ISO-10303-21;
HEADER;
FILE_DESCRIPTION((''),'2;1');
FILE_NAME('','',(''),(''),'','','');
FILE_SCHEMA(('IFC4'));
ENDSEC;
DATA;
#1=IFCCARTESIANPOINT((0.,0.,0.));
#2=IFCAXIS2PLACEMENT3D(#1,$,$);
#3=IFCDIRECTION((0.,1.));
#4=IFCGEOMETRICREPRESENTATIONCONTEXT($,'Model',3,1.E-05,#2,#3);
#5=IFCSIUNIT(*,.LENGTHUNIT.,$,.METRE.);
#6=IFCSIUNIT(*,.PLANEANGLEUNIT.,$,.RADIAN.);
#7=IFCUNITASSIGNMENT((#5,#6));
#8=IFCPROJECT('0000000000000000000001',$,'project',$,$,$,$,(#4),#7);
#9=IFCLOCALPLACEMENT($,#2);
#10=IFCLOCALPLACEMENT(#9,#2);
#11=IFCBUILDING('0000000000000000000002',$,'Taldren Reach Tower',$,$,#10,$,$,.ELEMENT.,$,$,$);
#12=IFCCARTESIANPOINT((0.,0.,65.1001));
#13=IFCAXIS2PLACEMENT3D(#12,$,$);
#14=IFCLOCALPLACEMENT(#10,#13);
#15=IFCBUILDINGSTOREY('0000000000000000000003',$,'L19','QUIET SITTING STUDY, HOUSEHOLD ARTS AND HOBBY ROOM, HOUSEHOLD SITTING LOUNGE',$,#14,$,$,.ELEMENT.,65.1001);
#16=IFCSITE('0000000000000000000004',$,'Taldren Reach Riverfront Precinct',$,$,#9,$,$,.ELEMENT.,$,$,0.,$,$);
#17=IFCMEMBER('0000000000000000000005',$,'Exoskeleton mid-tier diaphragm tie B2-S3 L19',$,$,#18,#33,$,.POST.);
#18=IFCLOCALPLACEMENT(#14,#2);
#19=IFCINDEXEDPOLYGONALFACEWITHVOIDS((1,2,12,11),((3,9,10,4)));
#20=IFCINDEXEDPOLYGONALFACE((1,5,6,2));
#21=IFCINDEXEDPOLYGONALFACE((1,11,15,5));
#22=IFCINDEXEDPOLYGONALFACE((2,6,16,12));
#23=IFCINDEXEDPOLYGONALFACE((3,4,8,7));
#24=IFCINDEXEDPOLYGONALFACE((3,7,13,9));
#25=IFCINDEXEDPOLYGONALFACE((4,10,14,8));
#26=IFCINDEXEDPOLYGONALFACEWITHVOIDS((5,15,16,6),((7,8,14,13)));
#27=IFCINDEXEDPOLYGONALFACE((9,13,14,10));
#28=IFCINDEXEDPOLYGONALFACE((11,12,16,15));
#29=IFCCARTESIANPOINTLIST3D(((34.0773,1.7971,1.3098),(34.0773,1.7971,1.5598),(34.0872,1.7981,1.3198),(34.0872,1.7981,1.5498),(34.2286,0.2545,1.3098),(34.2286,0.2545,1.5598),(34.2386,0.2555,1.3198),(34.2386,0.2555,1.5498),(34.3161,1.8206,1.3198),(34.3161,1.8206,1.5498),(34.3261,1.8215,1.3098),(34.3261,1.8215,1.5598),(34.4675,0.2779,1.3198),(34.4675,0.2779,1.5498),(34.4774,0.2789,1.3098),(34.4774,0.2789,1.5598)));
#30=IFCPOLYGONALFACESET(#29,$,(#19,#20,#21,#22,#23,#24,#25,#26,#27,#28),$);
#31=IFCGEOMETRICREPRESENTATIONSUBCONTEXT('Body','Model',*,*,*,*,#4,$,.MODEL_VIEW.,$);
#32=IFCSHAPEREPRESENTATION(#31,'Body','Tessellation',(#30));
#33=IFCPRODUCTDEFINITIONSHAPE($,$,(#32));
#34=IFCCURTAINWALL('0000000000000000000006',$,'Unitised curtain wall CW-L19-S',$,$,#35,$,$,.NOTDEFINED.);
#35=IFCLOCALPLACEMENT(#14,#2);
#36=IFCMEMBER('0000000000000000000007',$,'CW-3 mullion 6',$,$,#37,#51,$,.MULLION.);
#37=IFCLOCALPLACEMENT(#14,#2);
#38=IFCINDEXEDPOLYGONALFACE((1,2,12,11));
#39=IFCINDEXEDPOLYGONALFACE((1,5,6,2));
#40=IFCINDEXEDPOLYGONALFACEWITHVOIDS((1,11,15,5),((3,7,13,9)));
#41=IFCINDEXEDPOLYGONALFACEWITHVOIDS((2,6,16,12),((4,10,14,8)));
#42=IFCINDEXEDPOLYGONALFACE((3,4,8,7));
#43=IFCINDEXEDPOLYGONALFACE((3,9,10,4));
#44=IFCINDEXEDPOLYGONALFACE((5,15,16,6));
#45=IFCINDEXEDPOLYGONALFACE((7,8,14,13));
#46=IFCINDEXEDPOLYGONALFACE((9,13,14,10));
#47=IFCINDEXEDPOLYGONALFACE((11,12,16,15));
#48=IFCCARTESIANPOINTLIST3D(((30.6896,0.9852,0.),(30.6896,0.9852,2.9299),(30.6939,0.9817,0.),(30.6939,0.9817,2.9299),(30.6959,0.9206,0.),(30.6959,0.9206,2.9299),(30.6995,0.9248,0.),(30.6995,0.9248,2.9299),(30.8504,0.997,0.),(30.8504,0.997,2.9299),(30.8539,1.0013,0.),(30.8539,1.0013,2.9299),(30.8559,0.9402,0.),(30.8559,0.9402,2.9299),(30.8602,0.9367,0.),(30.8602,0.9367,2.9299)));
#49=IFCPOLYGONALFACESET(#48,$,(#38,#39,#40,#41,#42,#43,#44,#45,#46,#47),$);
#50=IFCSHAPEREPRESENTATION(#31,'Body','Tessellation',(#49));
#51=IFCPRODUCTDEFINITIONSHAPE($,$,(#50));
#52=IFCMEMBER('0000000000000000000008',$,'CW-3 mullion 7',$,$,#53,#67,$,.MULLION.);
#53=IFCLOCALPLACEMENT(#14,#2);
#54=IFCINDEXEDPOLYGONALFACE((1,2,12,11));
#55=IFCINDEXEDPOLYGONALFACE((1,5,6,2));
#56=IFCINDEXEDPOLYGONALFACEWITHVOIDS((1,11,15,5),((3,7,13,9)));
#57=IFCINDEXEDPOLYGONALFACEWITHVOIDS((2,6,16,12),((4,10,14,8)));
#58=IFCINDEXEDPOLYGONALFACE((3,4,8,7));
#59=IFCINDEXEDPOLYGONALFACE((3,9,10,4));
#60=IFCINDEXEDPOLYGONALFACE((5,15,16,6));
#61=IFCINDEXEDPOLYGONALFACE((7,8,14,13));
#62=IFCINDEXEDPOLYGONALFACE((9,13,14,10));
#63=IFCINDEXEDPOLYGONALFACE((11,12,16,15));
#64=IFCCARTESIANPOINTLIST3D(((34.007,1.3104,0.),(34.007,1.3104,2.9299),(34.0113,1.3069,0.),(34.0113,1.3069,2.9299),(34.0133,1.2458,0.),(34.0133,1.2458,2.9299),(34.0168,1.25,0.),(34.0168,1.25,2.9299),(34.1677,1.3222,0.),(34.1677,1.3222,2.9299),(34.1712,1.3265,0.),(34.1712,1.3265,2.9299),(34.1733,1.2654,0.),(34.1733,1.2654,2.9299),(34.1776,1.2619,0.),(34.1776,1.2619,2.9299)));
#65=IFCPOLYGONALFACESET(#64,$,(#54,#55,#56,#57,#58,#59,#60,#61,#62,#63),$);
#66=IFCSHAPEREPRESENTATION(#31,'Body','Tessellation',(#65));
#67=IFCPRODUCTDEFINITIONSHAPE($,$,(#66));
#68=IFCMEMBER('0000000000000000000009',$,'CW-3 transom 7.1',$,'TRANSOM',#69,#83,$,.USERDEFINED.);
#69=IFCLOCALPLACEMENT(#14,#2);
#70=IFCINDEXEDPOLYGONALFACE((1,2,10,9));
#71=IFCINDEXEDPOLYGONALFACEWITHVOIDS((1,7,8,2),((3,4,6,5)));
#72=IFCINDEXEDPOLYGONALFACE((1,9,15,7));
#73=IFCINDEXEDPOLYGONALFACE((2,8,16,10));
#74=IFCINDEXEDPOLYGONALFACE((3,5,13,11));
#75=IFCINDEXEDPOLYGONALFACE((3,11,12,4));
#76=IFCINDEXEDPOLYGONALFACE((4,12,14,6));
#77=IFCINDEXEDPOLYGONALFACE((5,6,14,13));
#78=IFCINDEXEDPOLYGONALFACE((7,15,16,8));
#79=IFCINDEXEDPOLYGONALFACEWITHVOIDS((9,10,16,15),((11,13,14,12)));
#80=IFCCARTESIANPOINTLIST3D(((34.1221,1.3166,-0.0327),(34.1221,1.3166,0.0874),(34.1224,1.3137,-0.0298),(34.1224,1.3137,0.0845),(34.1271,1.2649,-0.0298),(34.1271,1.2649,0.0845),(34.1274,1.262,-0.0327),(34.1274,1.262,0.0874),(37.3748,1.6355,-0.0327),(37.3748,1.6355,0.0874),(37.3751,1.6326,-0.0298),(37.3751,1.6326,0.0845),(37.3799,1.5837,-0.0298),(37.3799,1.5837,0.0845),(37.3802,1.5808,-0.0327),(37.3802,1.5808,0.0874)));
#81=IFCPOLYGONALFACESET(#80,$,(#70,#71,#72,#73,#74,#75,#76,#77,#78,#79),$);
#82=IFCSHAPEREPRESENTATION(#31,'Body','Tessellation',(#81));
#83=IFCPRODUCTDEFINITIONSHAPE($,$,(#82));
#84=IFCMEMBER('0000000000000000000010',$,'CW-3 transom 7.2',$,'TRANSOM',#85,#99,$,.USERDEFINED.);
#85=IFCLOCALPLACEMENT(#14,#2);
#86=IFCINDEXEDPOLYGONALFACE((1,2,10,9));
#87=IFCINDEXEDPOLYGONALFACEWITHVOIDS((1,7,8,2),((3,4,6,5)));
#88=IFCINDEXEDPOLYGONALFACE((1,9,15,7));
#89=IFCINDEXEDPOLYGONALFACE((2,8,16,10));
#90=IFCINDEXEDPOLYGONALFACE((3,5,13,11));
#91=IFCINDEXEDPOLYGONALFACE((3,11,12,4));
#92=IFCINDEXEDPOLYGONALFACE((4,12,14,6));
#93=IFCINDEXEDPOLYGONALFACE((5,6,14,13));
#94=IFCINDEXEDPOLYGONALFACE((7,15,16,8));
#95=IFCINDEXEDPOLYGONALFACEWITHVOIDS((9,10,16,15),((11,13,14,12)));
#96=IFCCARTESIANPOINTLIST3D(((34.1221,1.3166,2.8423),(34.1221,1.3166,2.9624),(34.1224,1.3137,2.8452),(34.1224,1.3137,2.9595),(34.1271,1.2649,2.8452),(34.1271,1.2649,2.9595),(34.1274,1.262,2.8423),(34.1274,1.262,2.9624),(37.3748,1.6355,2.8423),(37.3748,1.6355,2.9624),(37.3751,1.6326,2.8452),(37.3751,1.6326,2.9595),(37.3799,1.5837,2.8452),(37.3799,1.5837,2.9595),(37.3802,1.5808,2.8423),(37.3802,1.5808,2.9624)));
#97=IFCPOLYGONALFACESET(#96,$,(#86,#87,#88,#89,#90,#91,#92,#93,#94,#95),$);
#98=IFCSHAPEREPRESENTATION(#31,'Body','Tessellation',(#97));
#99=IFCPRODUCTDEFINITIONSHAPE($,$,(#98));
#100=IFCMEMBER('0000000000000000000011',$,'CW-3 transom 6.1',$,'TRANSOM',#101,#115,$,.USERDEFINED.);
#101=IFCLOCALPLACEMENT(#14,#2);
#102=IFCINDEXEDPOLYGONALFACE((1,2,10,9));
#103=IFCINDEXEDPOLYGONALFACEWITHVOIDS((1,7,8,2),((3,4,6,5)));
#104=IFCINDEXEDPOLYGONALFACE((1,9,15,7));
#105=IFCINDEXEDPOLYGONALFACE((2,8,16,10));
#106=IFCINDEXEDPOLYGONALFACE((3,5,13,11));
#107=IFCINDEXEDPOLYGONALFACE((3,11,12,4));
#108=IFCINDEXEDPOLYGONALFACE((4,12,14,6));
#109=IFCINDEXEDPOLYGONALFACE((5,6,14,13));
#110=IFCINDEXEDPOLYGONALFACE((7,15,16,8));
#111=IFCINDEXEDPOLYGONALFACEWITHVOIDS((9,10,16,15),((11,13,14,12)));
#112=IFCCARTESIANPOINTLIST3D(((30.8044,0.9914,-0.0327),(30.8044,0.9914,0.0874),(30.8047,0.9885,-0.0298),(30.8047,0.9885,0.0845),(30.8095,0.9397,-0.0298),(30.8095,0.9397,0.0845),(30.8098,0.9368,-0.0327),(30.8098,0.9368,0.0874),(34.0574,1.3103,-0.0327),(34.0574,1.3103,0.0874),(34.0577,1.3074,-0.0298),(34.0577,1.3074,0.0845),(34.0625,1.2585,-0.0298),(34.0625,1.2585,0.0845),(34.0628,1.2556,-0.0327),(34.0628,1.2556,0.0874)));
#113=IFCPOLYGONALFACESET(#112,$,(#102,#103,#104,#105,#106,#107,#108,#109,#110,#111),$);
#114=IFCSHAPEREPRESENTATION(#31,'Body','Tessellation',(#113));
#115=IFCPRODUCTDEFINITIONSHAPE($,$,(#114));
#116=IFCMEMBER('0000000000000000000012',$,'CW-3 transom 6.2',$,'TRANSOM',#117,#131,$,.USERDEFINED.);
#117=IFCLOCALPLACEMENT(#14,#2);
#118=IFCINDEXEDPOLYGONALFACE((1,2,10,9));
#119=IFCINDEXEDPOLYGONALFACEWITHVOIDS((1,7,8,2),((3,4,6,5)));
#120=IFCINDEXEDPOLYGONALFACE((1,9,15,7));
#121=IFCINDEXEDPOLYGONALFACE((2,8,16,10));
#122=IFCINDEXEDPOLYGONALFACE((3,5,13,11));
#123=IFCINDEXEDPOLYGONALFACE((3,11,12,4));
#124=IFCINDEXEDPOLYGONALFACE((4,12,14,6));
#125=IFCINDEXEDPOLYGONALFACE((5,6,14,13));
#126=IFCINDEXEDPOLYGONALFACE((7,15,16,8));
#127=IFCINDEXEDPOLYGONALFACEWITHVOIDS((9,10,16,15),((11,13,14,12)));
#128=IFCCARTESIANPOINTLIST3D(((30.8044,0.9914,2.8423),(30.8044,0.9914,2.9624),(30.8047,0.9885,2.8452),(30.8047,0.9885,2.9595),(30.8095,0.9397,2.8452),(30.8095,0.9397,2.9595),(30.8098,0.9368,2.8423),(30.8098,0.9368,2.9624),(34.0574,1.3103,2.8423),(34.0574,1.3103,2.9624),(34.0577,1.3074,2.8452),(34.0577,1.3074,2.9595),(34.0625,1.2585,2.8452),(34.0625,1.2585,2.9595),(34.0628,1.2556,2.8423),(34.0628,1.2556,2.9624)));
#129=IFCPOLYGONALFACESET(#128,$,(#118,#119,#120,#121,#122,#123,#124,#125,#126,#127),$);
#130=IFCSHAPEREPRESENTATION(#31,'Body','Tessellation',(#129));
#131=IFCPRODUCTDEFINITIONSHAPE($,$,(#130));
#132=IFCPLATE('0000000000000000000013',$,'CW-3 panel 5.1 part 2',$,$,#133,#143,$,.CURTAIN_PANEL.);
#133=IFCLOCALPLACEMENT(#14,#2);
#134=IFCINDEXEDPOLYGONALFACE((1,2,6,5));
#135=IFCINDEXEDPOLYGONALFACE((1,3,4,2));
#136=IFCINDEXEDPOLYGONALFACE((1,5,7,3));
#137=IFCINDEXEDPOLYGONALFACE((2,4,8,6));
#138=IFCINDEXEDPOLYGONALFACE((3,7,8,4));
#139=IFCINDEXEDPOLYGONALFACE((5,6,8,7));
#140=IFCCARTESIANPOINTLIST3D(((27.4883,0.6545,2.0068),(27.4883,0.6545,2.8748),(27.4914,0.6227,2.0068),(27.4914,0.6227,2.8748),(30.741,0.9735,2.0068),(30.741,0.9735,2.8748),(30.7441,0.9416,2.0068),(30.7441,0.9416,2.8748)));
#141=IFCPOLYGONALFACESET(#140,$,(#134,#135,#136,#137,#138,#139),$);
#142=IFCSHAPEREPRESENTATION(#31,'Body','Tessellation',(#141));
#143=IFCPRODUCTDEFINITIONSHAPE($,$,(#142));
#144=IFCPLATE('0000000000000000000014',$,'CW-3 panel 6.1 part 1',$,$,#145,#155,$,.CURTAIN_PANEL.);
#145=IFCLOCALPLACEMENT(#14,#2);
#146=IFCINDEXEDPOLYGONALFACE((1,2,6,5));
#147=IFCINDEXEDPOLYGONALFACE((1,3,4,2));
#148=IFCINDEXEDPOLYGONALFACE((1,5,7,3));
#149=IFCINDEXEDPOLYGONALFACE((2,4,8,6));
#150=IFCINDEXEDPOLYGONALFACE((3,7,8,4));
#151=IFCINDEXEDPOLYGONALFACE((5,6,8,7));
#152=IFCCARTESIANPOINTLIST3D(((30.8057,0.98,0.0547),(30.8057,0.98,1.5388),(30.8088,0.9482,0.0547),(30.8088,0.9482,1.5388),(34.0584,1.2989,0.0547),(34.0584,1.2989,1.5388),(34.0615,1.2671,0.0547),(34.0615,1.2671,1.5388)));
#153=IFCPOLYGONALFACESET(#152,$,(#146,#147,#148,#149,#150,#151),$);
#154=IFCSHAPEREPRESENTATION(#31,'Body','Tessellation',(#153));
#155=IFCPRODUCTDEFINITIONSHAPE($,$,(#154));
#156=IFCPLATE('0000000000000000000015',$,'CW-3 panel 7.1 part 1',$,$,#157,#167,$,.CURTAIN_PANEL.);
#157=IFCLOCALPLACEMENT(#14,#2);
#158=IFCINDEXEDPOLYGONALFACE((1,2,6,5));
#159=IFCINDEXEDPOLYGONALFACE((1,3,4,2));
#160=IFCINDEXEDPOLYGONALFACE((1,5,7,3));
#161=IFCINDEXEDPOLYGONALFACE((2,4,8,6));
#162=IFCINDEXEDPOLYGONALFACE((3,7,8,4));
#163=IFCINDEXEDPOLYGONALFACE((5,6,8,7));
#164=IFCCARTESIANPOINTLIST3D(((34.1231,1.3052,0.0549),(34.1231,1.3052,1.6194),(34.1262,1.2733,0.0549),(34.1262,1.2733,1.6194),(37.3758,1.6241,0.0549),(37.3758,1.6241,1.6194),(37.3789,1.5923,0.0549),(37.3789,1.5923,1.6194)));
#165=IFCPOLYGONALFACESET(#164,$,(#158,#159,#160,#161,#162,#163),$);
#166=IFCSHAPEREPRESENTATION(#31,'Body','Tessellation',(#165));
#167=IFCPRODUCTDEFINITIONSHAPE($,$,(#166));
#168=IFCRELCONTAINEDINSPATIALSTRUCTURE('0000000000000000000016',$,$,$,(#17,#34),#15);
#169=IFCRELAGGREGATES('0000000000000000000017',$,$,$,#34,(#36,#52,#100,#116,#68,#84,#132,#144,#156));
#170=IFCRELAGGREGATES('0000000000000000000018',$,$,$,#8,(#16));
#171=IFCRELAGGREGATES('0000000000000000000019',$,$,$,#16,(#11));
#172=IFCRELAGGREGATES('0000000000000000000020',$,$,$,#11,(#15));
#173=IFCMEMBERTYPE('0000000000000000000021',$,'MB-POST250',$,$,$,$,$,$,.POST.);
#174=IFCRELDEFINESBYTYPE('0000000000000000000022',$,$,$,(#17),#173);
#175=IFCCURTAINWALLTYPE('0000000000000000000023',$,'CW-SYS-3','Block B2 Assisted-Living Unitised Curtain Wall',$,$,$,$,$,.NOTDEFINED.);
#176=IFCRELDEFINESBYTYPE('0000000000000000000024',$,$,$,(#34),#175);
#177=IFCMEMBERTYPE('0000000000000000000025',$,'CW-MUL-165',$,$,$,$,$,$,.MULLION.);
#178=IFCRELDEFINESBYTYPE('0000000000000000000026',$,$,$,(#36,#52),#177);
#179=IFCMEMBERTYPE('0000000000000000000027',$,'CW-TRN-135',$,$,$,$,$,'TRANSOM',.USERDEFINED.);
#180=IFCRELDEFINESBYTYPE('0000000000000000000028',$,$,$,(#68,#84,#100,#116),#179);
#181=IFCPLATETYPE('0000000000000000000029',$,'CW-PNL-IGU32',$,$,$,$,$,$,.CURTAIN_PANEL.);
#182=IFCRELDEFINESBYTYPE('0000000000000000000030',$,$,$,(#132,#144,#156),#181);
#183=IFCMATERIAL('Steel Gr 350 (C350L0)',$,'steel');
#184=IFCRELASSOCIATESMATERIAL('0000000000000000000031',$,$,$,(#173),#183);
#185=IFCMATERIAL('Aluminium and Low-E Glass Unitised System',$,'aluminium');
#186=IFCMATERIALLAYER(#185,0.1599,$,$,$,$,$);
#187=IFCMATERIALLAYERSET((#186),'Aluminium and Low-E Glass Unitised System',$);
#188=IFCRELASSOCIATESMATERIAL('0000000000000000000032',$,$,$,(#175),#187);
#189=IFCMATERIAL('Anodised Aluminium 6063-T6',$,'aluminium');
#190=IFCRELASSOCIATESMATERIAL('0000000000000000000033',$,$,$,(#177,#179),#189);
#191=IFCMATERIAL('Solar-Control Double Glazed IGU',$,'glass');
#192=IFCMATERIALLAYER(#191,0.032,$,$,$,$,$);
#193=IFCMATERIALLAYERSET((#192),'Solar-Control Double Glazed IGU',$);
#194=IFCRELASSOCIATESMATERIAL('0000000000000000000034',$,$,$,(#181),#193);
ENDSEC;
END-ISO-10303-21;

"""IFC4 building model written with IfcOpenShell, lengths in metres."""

from ifc_helpers import new_model, si_unit, direction, frame, origin, origin_2d, place, context, subcontext, project, spatial, rectangle, hollow_rectangle, extrude, source, transform, mapped, material, layer, layer_set, material_profile, profile_set, type_object, element, aggregate, save


model = new_model("IFC4")

# Units and contexts
model_context = context("Model", 3, precision=1e-05, world=origin(), true_north=direction((0.0, 1.0)))
body_context = subcontext(model_context, "Body", "Model", "MODEL_VIEW")
ifc_project = project(units=[si_unit("LENGTHUNIT", "METRE"), si_unit("PLANEANGLEUNIT", "RADIAN")], contexts=[model_context])

# Site, building, storey
site_placement = place(None, origin())
site = spatial("IfcSite", under=ifc_project, at=site_placement, Name="Taldren Reach Riverfront Precinct", CompositionType="ELEMENT", RefElevation=0.0)
building_placement = place(site_placement, origin())
building = spatial("IfcBuilding", under=site, at=building_placement, Name="Taldren Reach Tower", CompositionType="ELEMENT")
storey_placement = place(building_placement, frame((0.0, 0.0, 65.1001)))
storey = spatial("IfcBuildingStorey", under=building, at=storey_placement, Name="L19", Description="QUIET SITTING STUDY, HOUSEHOLD ARTS AND HOBBY ROOM, HOUSEHOLD SITTING LOUNGE", CompositionType="ELEMENT", Elevation=65.1001)

# Member
ifc_material_1 = material(Name="Steel Gr 350 (C350L0)", Category="steel")
ifc_material_profile_1 = material_profile(ifc_material_1, hollow_rectangle(XDim=0.25, YDim=0.25, WallThickness=0.01, at=origin_2d()), Name="250x250x10.0SHS")
ifc_profile_set_1 = profile_set([ifc_material_profile_1], Name="Steel Gr 350 (C350L0)")
member_type_1 = type_object("IfcMemberType", Name="MB-POST250", PredefinedType="POST", material=ifc_profile_set_1)
shared_shape_1 = source(origin(), body_context, "Body", "SweptSolid", [
    extrude(hollow_rectangle(XDim=0.25, YDim=0.25, WallThickness=0.01, at=origin_2d()), origin(), (0.0, 0.0, 1.0), 1.55),
])
member_1_placement = place(storey_placement, frame((34.2017, 1.8093, 1.4348), z_axis=(0.097648, -0.995221, 0.0), x_axis=(0.995221, 0.097648, 0.0)))
element("IfcMember", 1, at=member_1_placement, inside=storey, type_object=member_type_1, Name="Exoskeleton mid-tier diaphragm tie B2-S3 L19", PredefinedType="POST", context=body_context, shape_type="MappedRepresentation", body=[
    mapped(shared_shape_1, transform((0.0, 0.0, 0.0), scale=1.0)),
])

# Curtain wall, members, plates
ifc_material_2 = material(Name="Aluminium and Low-E Glass Unitised System", Category="aluminium")
ifc_layer_1 = layer(ifc_material_2, 0.1599)
ifc_layer_set_1 = layer_set([ifc_layer_1], Name="Aluminium and Low-E Glass Unitised System")
curtain_wall_type = type_object("IfcCurtainWallType", Name="CW-SYS-3", Description="Block B2 Assisted-Living Unitised Curtain Wall", PredefinedType="NOTDEFINED", material=ifc_layer_set_1)
curtain_wall_placement = place(storey_placement, origin())
curtain_wall = element("IfcCurtainWall", 2, at=curtain_wall_placement, inside=storey, type_object=curtain_wall_type, Name="Unitised curtain wall CW-L19-S", PredefinedType="NOTDEFINED")
ifc_material_3 = material(Name="Anodised Aluminium 6063-T6", Category="aluminium")
ifc_material_profile_2 = material_profile(ifc_material_3, hollow_rectangle(XDim=0.0649, YDim=0.165, WallThickness=0.0039, at=origin_2d()), Name="ALU-165x65x4RHS")
ifc_profile_set_2 = profile_set([ifc_material_profile_2], Name="Anodised Aluminium 6063-T6")
member_type_2 = type_object("IfcMemberType", Name="CW-MUL-165", PredefinedType="MULLION", material=ifc_profile_set_2)
shared_shape_2 = source(origin(), body_context, "Body", "SweptSolid", [
    extrude(hollow_rectangle(XDim=0.0649, YDim=0.165, WallThickness=0.0039, at=origin_2d()), origin(), (0.0, 0.0, 1.0), 2.9299),
])
member_2_placement = place(storey_placement, frame((30.7749, 0.9609, 0.0), z_axis=(0.0, 0.0, 1.0), x_axis=(-0.097583, 0.995227, 0.0)))
member_2 = element("IfcMember", 3, at=member_2_placement, type_object=member_type_2, Name="CW-3 mullion 6", PredefinedType="MULLION", context=body_context, shape_type="MappedRepresentation", body=[
    mapped(shared_shape_2, transform((0.0, 0.0, 0.0), scale=1.0)),
])
member_3_placement = place(storey_placement, frame((34.0923, 1.2861, 0.0), z_axis=(0.0, 0.0, 1.0), x_axis=(-0.097583, 0.995227, 0.0)))
member_3 = element("IfcMember", 4, at=member_3_placement, type_object=member_type_2, Name="CW-3 mullion 7", PredefinedType="MULLION", context=body_context, shape_type="MappedRepresentation", body=[
    mapped(shared_shape_2, transform((0.0, 0.0, 0.0), scale=1.0)),
])
ifc_material_profile_3 = material_profile(ifc_material_3, hollow_rectangle(XDim=0.0549, YDim=0.1201, WallThickness=0.0029, at=origin_2d()), Name="ALU-120x55x3RHS")
ifc_profile_set_3 = profile_set([ifc_material_profile_3], Name="Anodised Aluminium 6063-T6")
member_type_3 = type_object("IfcMemberType", Name="CW-TRN-135", ElementType="TRANSOM", PredefinedType="USERDEFINED", material=ifc_profile_set_3)
shared_shape_3 = source(origin(), body_context, "Body", "SweptSolid", [
    extrude(hollow_rectangle(XDim=0.0549, YDim=0.1201, WallThickness=0.0029, at=origin_2d()), origin(), (0.0, 0.0, 1.0), 3.2683),
])
member_4_placement = place(storey_placement, frame((34.1248, 1.2893, 0.0273), z_axis=(0.99523, 0.097558, 0.0), x_axis=(-0.097558, 0.99523, 0.0)))
member_4 = element("IfcMember", 5, at=member_4_placement, type_object=member_type_3, Name="CW-3 transom 7.1", ObjectType="TRANSOM", PredefinedType="USERDEFINED", context=body_context, shape_type="MappedRepresentation", body=[
    mapped(shared_shape_3, transform((0.0, 0.0, 0.0), scale=1.0)),
])
member_5_placement = place(storey_placement, frame((34.1248, 1.2893, 2.9023), z_axis=(0.99523, 0.097558, 0.0), x_axis=(-0.097558, 0.99523, 0.0)))
member_5 = element("IfcMember", 6, at=member_5_placement, type_object=member_type_3, Name="CW-3 transom 7.2", ObjectType="TRANSOM", PredefinedType="USERDEFINED", context=body_context, shape_type="MappedRepresentation", body=[
    mapped(shared_shape_3, transform((0.0, 0.0, 0.0), scale=1.0)),
])
shared_shape_4 = source(origin(), body_context, "Body", "SweptSolid", [
    extrude(hollow_rectangle(XDim=0.0549, YDim=0.1201, WallThickness=0.0029, at=origin_2d()), origin(), (0.0, 0.0, 1.0), 3.2686),
])
member_6_placement = place(storey_placement, frame((30.8071, 0.9641, 0.0273), z_axis=(0.995231, 0.097551, 0.0), x_axis=(-0.097551, 0.995231, 0.0)))
member_6 = element("IfcMember", 7, at=member_6_placement, type_object=member_type_3, Name="CW-3 transom 6.1", ObjectType="TRANSOM", PredefinedType="USERDEFINED", context=body_context, shape_type="MappedRepresentation", body=[
    mapped(shared_shape_4, transform((0.0, 0.0, 0.0), scale=1.0)),
])
member_7_placement = place(storey_placement, frame((30.8071, 0.9641, 2.9023), z_axis=(0.995231, 0.097551, 0.0), x_axis=(-0.097551, 0.995231, 0.0)))
member_7 = element("IfcMember", 8, at=member_7_placement, type_object=member_type_3, Name="CW-3 transom 6.2", ObjectType="TRANSOM", PredefinedType="USERDEFINED", context=body_context, shape_type="MappedRepresentation", body=[
    mapped(shared_shape_4, transform((0.0, 0.0, 0.0), scale=1.0)),
])
ifc_material_4 = material(Name="Solar-Control Double Glazed IGU", Category="glass")
ifc_layer_2 = layer(ifc_material_4, 0.032)
ifc_layer_set_2 = layer_set([ifc_layer_2], Name="Solar-Control Double Glazed IGU")
plate_type = type_object("IfcPlateType", Name="CW-PNL-IGU32", PredefinedType="CURTAIN_PANEL", material=ifc_layer_set_2)
shared_shape_5 = source(origin(), body_context, "Body", "SweptSolid", [
    extrude(rectangle(XDim=3.2683, YDim=0.032, at=origin_2d()), origin(), (0.0, 0.0, 1.0), 0.8679),
])
plate_1_placement = place(storey_placement, frame((29.1162, 0.7981, 2.0068), z_axis=(0.0, 0.0, 1.0), x_axis=(0.995227, 0.097583, 0.0)))
plate_1 = element("IfcPlate", 9, at=plate_1_placement, type_object=plate_type, Name="CW-3 panel 5.1 part 2", PredefinedType="CURTAIN_PANEL", context=body_context, shape_type="MappedRepresentation", body=[
    mapped(shared_shape_5, transform((0.0, 0.0, 0.0), scale=1.0)),
])
shared_shape_6 = source(origin(), body_context, "Body", "SweptSolid", [
    extrude(rectangle(XDim=3.2683, YDim=0.032, at=origin_2d()), origin(), (0.0, 0.0, 1.0), 1.4841),
])
plate_2_placement = place(storey_placement, frame((32.4336, 1.1235, 0.0547), z_axis=(0.0, 0.0, 1.0), x_axis=(0.995227, 0.097583, 0.0)))
plate_2 = element("IfcPlate", 10, at=plate_2_placement, type_object=plate_type, Name="CW-3 panel 6.1 part 1", PredefinedType="CURTAIN_PANEL", context=body_context, shape_type="MappedRepresentation", body=[
    mapped(shared_shape_6, transform((0.0, 0.0, 0.0), scale=1.0)),
])
shared_shape_7 = source(origin(), body_context, "Body", "SweptSolid", [
    extrude(rectangle(XDim=3.2683, YDim=0.032, at=origin_2d()), origin(), (0.0, 0.0, 1.0), 1.5645),
])
plate_3_placement = place(storey_placement, frame((35.751, 1.4487, 0.0549), z_axis=(0.0, 0.0, 1.0), x_axis=(0.995227, 0.097583, 0.0)))
plate_3 = element("IfcPlate", 11, at=plate_3_placement, type_object=plate_type, Name="CW-3 panel 7.1 part 1", PredefinedType="CURTAIN_PANEL", context=body_context, shape_type="MappedRepresentation", body=[
    mapped(shared_shape_7, transform((0.0, 0.0, 0.0), scale=1.0)),
])
aggregate(curtain_wall, [member_2, member_3, member_6, member_7, member_4, member_5, plate_1, plate_2, plate_3])

save(model, "model.ifc")
